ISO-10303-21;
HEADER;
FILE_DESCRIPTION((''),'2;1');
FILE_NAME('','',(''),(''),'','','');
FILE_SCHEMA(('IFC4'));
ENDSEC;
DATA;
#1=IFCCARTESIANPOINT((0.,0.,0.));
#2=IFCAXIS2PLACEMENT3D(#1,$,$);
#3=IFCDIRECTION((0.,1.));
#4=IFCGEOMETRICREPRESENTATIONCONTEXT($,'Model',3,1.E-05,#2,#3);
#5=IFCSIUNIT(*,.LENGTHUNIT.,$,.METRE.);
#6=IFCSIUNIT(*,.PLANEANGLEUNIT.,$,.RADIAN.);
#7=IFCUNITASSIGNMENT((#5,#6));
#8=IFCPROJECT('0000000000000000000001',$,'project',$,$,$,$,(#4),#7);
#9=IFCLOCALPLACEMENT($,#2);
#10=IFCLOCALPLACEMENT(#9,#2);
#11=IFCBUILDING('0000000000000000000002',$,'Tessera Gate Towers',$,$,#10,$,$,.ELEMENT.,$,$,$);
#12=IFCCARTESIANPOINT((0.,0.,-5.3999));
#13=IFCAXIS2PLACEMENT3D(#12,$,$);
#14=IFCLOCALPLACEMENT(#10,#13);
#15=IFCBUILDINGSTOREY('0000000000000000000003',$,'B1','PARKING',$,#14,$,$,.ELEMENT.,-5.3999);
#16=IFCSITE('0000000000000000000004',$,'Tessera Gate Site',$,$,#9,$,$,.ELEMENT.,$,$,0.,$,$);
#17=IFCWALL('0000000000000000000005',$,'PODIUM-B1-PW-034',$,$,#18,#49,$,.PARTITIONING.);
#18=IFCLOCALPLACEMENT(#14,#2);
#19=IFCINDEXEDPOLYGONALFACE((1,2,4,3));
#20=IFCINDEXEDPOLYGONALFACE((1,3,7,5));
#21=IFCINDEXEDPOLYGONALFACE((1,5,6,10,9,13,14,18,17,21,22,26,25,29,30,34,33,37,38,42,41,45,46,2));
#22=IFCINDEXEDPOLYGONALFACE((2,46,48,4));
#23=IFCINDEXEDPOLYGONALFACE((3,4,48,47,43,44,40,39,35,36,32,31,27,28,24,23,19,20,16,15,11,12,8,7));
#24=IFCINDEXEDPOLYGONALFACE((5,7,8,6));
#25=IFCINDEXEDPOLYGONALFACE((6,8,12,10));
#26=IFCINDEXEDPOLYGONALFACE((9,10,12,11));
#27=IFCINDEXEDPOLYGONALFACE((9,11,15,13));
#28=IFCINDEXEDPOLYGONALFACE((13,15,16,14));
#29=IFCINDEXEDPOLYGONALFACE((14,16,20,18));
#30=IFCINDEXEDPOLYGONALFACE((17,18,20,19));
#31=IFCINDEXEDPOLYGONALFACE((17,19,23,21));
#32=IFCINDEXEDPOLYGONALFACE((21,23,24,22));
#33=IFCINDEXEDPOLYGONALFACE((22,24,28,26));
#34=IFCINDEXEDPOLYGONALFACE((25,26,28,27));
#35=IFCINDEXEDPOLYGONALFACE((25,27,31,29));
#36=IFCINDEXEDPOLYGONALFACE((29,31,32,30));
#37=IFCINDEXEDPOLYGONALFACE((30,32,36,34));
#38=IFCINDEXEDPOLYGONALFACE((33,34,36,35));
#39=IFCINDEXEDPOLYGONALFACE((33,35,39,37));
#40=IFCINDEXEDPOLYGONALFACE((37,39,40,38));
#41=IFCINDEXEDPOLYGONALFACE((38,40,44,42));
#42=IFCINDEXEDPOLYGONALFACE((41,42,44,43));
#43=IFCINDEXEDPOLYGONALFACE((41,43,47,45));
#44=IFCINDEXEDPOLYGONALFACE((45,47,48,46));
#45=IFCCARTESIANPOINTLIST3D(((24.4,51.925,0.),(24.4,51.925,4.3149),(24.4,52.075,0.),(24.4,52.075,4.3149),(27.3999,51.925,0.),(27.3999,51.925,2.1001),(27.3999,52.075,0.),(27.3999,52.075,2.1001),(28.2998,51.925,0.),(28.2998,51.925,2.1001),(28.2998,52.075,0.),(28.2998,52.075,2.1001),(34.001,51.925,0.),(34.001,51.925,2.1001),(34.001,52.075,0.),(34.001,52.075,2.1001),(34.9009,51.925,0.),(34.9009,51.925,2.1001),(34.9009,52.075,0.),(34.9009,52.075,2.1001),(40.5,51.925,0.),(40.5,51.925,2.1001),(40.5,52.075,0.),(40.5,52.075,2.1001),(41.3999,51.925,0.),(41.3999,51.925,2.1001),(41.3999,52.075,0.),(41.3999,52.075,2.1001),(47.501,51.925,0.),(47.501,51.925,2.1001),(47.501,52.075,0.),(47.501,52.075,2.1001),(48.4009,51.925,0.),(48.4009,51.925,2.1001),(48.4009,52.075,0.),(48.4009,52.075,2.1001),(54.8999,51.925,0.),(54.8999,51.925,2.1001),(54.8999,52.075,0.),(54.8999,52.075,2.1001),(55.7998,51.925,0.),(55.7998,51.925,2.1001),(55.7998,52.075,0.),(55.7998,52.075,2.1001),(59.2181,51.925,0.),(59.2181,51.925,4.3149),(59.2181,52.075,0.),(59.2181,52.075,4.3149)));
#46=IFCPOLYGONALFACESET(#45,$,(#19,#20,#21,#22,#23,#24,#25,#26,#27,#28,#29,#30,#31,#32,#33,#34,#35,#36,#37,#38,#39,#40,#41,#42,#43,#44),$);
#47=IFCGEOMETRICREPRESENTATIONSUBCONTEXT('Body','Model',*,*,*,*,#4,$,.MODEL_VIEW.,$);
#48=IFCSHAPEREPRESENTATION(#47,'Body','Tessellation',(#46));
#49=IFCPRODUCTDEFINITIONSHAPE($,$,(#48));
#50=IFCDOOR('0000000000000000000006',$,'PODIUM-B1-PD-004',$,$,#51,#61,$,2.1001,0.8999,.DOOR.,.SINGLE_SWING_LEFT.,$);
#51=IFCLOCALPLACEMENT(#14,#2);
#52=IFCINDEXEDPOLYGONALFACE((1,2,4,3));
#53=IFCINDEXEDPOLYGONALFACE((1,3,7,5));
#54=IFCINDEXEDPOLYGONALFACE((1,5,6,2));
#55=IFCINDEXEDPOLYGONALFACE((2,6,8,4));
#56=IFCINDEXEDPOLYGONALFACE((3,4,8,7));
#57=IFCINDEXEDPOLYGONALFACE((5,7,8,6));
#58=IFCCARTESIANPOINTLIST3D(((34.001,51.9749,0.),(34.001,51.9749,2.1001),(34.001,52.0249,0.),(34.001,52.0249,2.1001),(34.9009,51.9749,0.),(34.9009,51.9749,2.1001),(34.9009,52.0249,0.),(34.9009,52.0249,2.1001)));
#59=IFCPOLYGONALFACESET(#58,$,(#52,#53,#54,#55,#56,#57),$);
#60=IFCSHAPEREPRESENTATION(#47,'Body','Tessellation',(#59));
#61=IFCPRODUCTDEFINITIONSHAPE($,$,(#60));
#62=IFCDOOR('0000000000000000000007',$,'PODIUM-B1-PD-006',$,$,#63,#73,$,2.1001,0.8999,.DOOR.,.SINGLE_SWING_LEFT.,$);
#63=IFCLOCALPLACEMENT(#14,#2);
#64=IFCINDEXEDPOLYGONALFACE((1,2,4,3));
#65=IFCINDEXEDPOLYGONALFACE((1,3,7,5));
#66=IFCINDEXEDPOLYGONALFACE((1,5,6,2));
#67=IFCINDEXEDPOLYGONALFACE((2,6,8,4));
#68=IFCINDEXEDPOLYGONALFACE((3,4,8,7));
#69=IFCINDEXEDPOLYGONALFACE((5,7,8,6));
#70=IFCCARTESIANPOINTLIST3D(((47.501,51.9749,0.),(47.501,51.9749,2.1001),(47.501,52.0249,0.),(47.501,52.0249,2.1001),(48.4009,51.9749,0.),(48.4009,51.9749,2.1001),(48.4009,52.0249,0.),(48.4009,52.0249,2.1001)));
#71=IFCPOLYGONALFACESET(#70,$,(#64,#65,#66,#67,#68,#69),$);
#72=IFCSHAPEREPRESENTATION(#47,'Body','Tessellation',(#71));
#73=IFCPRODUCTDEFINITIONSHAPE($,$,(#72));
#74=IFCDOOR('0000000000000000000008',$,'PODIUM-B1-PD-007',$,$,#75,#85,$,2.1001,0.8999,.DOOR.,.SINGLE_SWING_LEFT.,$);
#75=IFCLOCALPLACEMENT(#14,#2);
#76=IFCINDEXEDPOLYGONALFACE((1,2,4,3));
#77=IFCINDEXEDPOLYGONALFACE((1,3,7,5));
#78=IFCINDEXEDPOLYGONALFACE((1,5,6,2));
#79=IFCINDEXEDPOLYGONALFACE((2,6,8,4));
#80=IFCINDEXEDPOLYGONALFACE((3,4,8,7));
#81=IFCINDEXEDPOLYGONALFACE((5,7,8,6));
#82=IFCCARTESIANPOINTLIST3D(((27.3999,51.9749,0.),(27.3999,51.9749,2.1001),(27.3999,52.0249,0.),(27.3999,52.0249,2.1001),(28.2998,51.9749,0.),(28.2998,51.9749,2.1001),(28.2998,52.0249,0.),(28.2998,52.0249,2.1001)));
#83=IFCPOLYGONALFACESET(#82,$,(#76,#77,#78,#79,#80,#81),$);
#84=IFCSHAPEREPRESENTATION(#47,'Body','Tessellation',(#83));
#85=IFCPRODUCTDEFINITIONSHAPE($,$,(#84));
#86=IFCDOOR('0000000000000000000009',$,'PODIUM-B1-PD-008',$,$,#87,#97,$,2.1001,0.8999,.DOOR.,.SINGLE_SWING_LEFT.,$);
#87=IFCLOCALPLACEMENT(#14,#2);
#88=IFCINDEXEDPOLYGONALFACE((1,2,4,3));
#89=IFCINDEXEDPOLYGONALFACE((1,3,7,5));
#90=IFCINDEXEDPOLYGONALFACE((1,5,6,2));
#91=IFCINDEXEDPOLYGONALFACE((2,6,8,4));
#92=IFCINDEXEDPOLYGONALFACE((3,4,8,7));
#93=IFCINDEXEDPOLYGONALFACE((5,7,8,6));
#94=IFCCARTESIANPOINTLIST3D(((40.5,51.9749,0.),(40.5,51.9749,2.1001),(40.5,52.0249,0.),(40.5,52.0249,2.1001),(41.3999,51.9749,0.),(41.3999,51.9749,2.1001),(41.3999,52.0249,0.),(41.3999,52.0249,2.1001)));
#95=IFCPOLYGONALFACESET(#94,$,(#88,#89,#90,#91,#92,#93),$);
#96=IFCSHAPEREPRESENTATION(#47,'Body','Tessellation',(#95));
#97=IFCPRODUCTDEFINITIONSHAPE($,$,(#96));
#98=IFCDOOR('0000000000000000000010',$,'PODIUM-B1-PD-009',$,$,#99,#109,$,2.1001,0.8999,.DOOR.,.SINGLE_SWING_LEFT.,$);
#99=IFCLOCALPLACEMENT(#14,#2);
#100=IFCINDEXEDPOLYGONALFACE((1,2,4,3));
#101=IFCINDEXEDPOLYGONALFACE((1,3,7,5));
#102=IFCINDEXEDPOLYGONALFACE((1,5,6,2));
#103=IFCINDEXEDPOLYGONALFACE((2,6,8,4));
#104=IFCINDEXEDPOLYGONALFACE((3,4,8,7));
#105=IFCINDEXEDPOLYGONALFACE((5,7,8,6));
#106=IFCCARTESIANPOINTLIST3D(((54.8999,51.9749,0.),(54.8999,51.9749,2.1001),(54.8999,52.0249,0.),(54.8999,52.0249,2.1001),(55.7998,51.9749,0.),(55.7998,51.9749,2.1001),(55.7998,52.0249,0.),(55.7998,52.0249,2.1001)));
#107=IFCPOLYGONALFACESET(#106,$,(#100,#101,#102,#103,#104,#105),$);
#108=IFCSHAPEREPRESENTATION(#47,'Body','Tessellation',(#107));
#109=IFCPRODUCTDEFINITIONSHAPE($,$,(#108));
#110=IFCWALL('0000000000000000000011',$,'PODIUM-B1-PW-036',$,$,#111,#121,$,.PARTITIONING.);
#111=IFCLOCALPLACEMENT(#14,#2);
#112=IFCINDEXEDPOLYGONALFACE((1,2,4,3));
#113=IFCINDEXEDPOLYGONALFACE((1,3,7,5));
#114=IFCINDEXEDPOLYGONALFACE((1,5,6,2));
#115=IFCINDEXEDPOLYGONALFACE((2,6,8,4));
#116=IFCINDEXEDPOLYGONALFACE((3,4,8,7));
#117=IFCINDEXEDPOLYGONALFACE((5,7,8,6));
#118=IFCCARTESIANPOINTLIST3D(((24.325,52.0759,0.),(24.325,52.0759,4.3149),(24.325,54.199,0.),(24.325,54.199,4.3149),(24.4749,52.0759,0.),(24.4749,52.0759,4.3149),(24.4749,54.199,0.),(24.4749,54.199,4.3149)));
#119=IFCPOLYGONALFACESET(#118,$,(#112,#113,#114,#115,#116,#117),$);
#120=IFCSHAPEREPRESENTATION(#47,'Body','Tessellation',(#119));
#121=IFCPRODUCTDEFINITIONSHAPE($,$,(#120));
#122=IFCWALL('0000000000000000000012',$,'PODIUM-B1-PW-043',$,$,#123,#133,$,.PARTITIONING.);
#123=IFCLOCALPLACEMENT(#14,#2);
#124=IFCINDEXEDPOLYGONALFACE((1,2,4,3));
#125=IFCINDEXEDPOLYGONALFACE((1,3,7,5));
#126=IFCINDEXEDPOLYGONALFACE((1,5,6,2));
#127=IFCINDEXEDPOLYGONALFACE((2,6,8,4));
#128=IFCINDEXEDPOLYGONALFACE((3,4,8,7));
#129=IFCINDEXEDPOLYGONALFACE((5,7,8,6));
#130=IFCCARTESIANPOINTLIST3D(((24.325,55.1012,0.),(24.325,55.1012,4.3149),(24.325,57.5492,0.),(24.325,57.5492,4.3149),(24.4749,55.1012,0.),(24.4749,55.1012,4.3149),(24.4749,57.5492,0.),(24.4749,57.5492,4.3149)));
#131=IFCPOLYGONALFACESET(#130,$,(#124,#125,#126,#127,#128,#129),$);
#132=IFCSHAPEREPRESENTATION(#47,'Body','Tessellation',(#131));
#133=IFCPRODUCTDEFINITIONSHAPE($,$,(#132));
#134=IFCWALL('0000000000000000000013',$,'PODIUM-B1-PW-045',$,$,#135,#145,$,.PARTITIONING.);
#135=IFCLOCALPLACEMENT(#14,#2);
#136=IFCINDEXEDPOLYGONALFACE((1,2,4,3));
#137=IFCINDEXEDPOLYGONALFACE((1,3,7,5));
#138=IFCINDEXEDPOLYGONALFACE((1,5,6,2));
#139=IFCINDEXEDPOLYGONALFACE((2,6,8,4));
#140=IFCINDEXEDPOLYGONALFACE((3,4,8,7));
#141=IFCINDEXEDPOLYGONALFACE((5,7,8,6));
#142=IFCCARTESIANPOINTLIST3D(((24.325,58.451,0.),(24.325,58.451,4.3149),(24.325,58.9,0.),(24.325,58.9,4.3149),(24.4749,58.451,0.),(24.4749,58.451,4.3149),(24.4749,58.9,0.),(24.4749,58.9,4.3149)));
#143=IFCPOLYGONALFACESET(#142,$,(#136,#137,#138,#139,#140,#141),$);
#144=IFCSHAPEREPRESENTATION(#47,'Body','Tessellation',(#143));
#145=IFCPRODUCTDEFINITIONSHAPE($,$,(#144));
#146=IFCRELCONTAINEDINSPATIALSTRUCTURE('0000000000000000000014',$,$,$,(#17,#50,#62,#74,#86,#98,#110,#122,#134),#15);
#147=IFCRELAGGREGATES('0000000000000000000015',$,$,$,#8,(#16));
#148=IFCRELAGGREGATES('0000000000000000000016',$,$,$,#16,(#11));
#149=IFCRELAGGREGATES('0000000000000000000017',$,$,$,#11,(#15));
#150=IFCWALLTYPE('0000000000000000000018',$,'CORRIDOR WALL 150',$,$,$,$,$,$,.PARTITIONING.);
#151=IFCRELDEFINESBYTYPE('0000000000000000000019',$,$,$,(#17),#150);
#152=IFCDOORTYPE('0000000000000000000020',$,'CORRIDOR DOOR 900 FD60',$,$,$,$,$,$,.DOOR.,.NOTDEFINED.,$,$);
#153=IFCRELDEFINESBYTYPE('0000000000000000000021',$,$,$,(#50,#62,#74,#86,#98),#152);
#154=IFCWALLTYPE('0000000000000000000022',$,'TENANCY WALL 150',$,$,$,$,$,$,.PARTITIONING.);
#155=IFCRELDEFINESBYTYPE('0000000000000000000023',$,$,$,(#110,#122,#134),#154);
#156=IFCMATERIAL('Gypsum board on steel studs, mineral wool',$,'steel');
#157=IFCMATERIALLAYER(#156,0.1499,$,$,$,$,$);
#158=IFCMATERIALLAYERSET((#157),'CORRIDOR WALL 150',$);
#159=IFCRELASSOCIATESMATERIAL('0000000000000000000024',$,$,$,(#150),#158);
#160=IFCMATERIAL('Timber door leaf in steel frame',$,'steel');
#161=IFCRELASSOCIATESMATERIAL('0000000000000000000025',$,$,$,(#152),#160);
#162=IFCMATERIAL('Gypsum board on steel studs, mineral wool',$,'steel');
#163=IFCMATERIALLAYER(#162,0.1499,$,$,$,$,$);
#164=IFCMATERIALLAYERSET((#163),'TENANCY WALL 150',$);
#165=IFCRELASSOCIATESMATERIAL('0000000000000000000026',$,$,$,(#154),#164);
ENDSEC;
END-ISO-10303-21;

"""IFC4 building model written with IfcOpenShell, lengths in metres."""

from ifc_helpers import new_model, si_unit, direction, frame, frame_2d, origin, place, context, subcontext, project, spatial, rectangle, extrude, source, transform, mapped, material, layer, layer_set, type_object, element, fill, save


model = new_model("IFC4")

# Units and contexts
model_context = context("Model", 3, precision=1e-05, world=origin(), true_north=direction((0.0, 1.0)))
body_context = subcontext(model_context, "Body", "Model", "MODEL_VIEW")
ifc_project = project(units=[si_unit("LENGTHUNIT", "METRE"), si_unit("PLANEANGLEUNIT", "RADIAN")], contexts=[model_context])

# Site, building, storey
site_placement = place(None, origin())
site = spatial("IfcSite", under=ifc_project, at=site_placement, Name="Tessera Gate Site", CompositionType="ELEMENT", RefElevation=0.0)
building_placement = place(site_placement, origin())
building = spatial("IfcBuilding", under=site, at=building_placement, Name="Tessera Gate Towers", CompositionType="ELEMENT")
storey_placement = place(building_placement, frame((0.0, 0.0, -5.3999)))
storey = spatial("IfcBuildingStorey", under=building, at=storey_placement, Name="B1", Description="PARKING", CompositionType="ELEMENT", Elevation=-5.3999)

# Shared definitions
ifc_material_1 = material(Name="Gypsum board on steel studs, mineral wool", Category="steel")
ifc_layer_1 = layer(ifc_material_1, 0.1499)
ifc_layer_set_1 = layer_set([ifc_layer_1], Name="CORRIDOR WALL 150")
wall_type_1 = type_object("IfcWallType", Name="CORRIDOR WALL 150", PredefinedType="PARTITIONING", material=ifc_layer_set_1)

# Wall, openings, doors
wall_1_placement = place(storey_placement, frame((24.3999, 52.0, 0.0), z_axis=(0.0, 0.0, 1.0), x_axis=(1.0, 0.0, 0.0)))
wall_1 = element("IfcWall", 1, at=wall_1_placement, inside=storey, type_object=wall_type_1, Name="PODIUM-B1-PW-034", PredefinedType="PARTITIONING", context=body_context, shape_type="SweptSolid", body=[
    extrude(rectangle(XDim=34.8181, YDim=0.1499, at=frame_2d((17.4092, 0.0))), origin(), (0.0, 0.0, 1.0), 4.3149),
])
shared_shape_1 = source(origin(), body_context, "Body", "SweptSolid", [
    extrude(rectangle(XDim=0.8999, YDim=2.1001, at=frame_2d((0.45, 1.05))), frame((0.0, 0.085, 0.0), z_axis=(0.0, -1.0, 0.0), x_axis=(1.0, 0.0, 0.0)), (0.0, 0.0, 1.0), 0.1699),
])
opening_1_placement = place(wall_1_placement, frame((9.6011, 0.0, 0.0)))
opening_1 = element("IfcOpeningElement", 2, at=opening_1_placement, cuts=wall_1, PredefinedType="OPENING", context=body_context, shape_type="MappedRepresentation", body=[
    mapped(shared_shape_1, transform((0.0, 0.0, 0.0), scale=1.0)),
])
opening_2_placement = place(wall_1_placement, frame((23.1011, 0.0, 0.0)))
opening_2 = element("IfcOpeningElement", 3, at=opening_2_placement, cuts=wall_1, PredefinedType="OPENING", context=body_context, shape_type="MappedRepresentation", body=[
    mapped(shared_shape_1, transform((0.0, 0.0, 0.0), scale=1.0)),
])
opening_3_placement = place(wall_1_placement, frame((3.0, 0.0, 0.0)))
opening_3 = element("IfcOpeningElement", 4, at=opening_3_placement, cuts=wall_1, PredefinedType="OPENING", context=body_context, shape_type="MappedRepresentation", body=[
    mapped(shared_shape_1, transform((0.0, 0.0, 0.0), scale=1.0)),
])
opening_4_placement = place(wall_1_placement, frame((16.1001, 0.0, 0.0)))
opening_4 = element("IfcOpeningElement", 5, at=opening_4_placement, cuts=wall_1, PredefinedType="OPENING", context=body_context, shape_type="MappedRepresentation", body=[
    mapped(shared_shape_1, transform((0.0, 0.0, 0.0), scale=1.0)),
])
opening_5_placement = place(wall_1_placement, frame((30.5, 0.0, 0.0)))
opening_5 = element("IfcOpeningElement", 6, at=opening_5_placement, cuts=wall_1, PredefinedType="OPENING", context=body_context, shape_type="MappedRepresentation", body=[
    mapped(shared_shape_1, transform((0.0, 0.0, 0.0), scale=1.0)),
])
ifc_material_2 = material(Name="Timber door leaf in steel frame", Category="steel")
door_type = type_object("IfcDoorType", Name="CORRIDOR DOOR 900 FD60", OperationType="NOTDEFINED", PredefinedType="DOOR", material=ifc_material_2)
shared_shape_2 = source(origin(), body_context, "Body", "SweptSolid", [
    extrude(rectangle(XDim=0.8999, YDim=2.1001, at=frame_2d((0.45, 1.05))), frame((0.0, 0.0249, 0.0), z_axis=(0.0, -1.0, 0.0), x_axis=(1.0, 0.0, 0.0)), (0.0, 0.0, 1.0), 0.05),
])
door_1_placement = place(opening_1_placement, origin())
door_1 = element("IfcDoor", 7, at=door_1_placement, inside=storey, type_object=door_type, Name="PODIUM-B1-PD-004", OperationType="SINGLE_SWING_LEFT", OverallHeight=2.1001, OverallWidth=0.8999, PredefinedType="DOOR", context=body_context, shape_type="MappedRepresentation", body=[
    mapped(shared_shape_2, transform((0.0, 0.0, 0.0), scale=1.0)),
])
fill(opening_1, door_1)
door_2_placement = place(opening_2_placement, origin())
door_2 = element("IfcDoor", 8, at=door_2_placement, inside=storey, type_object=door_type, Name="PODIUM-B1-PD-006", OperationType="SINGLE_SWING_LEFT", OverallHeight=2.1001, OverallWidth=0.8999, PredefinedType="DOOR", context=body_context, shape_type="MappedRepresentation", body=[
    mapped(shared_shape_2, transform((0.0, 0.0, 0.0), scale=1.0)),
])
fill(opening_2, door_2)
door_3_placement = place(opening_3_placement, origin())
door_3 = element("IfcDoor", 9, at=door_3_placement, inside=storey, type_object=door_type, Name="PODIUM-B1-PD-007", OperationType="SINGLE_SWING_LEFT", OverallHeight=2.1001, OverallWidth=0.8999, PredefinedType="DOOR", context=body_context, shape_type="MappedRepresentation", body=[
    mapped(shared_shape_2, transform((0.0, 0.0, 0.0), scale=1.0)),
])
fill(opening_3, door_3)
door_4_placement = place(opening_4_placement, origin())
door_4 = element("IfcDoor", 10, at=door_4_placement, inside=storey, type_object=door_type, Name="PODIUM-B1-PD-008", OperationType="SINGLE_SWING_LEFT", OverallHeight=2.1001, OverallWidth=0.8999, PredefinedType="DOOR", context=body_context, shape_type="MappedRepresentation", body=[
    mapped(shared_shape_2, transform((0.0, 0.0, 0.0), scale=1.0)),
])
fill(opening_4, door_4)
door_5_placement = place(opening_5_placement, origin())
door_5 = element("IfcDoor", 11, at=door_5_placement, inside=storey, type_object=door_type, Name="PODIUM-B1-PD-009", OperationType="SINGLE_SWING_LEFT", OverallHeight=2.1001, OverallWidth=0.8999, PredefinedType="DOOR", context=body_context, shape_type="MappedRepresentation", body=[
    mapped(shared_shape_2, transform((0.0, 0.0, 0.0), scale=1.0)),
])
fill(opening_5, door_5)

# Walls
ifc_material_3 = material(Name="Gypsum board on steel studs, mineral wool", Category="steel")
ifc_layer_2 = layer(ifc_material_3, 0.1499)
ifc_layer_set_2 = layer_set([ifc_layer_2], Name="TENANCY WALL 150")
wall_type_2 = type_object("IfcWallType", Name="TENANCY WALL 150", PredefinedType="PARTITIONING", material=ifc_layer_set_2)
wall_2_placement = place(storey_placement, frame((24.3999, 52.0759, 0.0), z_axis=(0.0, 0.0, 1.0), x_axis=(0.0, 1.0, 0.0)))
element("IfcWall", 12, at=wall_2_placement, inside=storey, type_object=wall_type_2, Name="PODIUM-B1-PW-036", PredefinedType="PARTITIONING", context=body_context, shape_type="SweptSolid", body=[
    extrude(rectangle(XDim=2.123, YDim=0.1499, at=frame_2d((1.0615, 0.0))), origin(), (0.0, 0.0, 1.0), 4.3149),
])
wall_3_placement = place(storey_placement, frame((24.3999, 55.1011, 0.0), z_axis=(0.0, 0.0, 1.0), x_axis=(0.0, 1.0, 0.0)))
element("IfcWall", 13, at=wall_3_placement, inside=storey, type_object=wall_type_2, Name="PODIUM-B1-PW-043", PredefinedType="PARTITIONING", context=body_context, shape_type="SweptSolid", body=[
    extrude(rectangle(XDim=2.448, YDim=0.1499, at=frame_2d((1.2241, 0.0))), origin(), (0.0, 0.0, 1.0), 4.3149),
])
wall_4_placement = place(storey_placement, frame((24.3999, 58.4509, 0.0), z_axis=(0.0, 0.0, 1.0), x_axis=(0.0, 1.0, 0.0)))
element("IfcWall", 14, at=wall_4_placement, inside=storey, type_object=wall_type_2, Name="PODIUM-B1-PW-045", PredefinedType="PARTITIONING", context=body_context, shape_type="SweptSolid", body=[
    extrude(rectangle(XDim=0.449, YDim=0.1499, at=frame_2d((0.2246, 0.0))), origin(), (0.0, 0.0, 1.0), 4.3149),
])

save(model, "model.ifc")
